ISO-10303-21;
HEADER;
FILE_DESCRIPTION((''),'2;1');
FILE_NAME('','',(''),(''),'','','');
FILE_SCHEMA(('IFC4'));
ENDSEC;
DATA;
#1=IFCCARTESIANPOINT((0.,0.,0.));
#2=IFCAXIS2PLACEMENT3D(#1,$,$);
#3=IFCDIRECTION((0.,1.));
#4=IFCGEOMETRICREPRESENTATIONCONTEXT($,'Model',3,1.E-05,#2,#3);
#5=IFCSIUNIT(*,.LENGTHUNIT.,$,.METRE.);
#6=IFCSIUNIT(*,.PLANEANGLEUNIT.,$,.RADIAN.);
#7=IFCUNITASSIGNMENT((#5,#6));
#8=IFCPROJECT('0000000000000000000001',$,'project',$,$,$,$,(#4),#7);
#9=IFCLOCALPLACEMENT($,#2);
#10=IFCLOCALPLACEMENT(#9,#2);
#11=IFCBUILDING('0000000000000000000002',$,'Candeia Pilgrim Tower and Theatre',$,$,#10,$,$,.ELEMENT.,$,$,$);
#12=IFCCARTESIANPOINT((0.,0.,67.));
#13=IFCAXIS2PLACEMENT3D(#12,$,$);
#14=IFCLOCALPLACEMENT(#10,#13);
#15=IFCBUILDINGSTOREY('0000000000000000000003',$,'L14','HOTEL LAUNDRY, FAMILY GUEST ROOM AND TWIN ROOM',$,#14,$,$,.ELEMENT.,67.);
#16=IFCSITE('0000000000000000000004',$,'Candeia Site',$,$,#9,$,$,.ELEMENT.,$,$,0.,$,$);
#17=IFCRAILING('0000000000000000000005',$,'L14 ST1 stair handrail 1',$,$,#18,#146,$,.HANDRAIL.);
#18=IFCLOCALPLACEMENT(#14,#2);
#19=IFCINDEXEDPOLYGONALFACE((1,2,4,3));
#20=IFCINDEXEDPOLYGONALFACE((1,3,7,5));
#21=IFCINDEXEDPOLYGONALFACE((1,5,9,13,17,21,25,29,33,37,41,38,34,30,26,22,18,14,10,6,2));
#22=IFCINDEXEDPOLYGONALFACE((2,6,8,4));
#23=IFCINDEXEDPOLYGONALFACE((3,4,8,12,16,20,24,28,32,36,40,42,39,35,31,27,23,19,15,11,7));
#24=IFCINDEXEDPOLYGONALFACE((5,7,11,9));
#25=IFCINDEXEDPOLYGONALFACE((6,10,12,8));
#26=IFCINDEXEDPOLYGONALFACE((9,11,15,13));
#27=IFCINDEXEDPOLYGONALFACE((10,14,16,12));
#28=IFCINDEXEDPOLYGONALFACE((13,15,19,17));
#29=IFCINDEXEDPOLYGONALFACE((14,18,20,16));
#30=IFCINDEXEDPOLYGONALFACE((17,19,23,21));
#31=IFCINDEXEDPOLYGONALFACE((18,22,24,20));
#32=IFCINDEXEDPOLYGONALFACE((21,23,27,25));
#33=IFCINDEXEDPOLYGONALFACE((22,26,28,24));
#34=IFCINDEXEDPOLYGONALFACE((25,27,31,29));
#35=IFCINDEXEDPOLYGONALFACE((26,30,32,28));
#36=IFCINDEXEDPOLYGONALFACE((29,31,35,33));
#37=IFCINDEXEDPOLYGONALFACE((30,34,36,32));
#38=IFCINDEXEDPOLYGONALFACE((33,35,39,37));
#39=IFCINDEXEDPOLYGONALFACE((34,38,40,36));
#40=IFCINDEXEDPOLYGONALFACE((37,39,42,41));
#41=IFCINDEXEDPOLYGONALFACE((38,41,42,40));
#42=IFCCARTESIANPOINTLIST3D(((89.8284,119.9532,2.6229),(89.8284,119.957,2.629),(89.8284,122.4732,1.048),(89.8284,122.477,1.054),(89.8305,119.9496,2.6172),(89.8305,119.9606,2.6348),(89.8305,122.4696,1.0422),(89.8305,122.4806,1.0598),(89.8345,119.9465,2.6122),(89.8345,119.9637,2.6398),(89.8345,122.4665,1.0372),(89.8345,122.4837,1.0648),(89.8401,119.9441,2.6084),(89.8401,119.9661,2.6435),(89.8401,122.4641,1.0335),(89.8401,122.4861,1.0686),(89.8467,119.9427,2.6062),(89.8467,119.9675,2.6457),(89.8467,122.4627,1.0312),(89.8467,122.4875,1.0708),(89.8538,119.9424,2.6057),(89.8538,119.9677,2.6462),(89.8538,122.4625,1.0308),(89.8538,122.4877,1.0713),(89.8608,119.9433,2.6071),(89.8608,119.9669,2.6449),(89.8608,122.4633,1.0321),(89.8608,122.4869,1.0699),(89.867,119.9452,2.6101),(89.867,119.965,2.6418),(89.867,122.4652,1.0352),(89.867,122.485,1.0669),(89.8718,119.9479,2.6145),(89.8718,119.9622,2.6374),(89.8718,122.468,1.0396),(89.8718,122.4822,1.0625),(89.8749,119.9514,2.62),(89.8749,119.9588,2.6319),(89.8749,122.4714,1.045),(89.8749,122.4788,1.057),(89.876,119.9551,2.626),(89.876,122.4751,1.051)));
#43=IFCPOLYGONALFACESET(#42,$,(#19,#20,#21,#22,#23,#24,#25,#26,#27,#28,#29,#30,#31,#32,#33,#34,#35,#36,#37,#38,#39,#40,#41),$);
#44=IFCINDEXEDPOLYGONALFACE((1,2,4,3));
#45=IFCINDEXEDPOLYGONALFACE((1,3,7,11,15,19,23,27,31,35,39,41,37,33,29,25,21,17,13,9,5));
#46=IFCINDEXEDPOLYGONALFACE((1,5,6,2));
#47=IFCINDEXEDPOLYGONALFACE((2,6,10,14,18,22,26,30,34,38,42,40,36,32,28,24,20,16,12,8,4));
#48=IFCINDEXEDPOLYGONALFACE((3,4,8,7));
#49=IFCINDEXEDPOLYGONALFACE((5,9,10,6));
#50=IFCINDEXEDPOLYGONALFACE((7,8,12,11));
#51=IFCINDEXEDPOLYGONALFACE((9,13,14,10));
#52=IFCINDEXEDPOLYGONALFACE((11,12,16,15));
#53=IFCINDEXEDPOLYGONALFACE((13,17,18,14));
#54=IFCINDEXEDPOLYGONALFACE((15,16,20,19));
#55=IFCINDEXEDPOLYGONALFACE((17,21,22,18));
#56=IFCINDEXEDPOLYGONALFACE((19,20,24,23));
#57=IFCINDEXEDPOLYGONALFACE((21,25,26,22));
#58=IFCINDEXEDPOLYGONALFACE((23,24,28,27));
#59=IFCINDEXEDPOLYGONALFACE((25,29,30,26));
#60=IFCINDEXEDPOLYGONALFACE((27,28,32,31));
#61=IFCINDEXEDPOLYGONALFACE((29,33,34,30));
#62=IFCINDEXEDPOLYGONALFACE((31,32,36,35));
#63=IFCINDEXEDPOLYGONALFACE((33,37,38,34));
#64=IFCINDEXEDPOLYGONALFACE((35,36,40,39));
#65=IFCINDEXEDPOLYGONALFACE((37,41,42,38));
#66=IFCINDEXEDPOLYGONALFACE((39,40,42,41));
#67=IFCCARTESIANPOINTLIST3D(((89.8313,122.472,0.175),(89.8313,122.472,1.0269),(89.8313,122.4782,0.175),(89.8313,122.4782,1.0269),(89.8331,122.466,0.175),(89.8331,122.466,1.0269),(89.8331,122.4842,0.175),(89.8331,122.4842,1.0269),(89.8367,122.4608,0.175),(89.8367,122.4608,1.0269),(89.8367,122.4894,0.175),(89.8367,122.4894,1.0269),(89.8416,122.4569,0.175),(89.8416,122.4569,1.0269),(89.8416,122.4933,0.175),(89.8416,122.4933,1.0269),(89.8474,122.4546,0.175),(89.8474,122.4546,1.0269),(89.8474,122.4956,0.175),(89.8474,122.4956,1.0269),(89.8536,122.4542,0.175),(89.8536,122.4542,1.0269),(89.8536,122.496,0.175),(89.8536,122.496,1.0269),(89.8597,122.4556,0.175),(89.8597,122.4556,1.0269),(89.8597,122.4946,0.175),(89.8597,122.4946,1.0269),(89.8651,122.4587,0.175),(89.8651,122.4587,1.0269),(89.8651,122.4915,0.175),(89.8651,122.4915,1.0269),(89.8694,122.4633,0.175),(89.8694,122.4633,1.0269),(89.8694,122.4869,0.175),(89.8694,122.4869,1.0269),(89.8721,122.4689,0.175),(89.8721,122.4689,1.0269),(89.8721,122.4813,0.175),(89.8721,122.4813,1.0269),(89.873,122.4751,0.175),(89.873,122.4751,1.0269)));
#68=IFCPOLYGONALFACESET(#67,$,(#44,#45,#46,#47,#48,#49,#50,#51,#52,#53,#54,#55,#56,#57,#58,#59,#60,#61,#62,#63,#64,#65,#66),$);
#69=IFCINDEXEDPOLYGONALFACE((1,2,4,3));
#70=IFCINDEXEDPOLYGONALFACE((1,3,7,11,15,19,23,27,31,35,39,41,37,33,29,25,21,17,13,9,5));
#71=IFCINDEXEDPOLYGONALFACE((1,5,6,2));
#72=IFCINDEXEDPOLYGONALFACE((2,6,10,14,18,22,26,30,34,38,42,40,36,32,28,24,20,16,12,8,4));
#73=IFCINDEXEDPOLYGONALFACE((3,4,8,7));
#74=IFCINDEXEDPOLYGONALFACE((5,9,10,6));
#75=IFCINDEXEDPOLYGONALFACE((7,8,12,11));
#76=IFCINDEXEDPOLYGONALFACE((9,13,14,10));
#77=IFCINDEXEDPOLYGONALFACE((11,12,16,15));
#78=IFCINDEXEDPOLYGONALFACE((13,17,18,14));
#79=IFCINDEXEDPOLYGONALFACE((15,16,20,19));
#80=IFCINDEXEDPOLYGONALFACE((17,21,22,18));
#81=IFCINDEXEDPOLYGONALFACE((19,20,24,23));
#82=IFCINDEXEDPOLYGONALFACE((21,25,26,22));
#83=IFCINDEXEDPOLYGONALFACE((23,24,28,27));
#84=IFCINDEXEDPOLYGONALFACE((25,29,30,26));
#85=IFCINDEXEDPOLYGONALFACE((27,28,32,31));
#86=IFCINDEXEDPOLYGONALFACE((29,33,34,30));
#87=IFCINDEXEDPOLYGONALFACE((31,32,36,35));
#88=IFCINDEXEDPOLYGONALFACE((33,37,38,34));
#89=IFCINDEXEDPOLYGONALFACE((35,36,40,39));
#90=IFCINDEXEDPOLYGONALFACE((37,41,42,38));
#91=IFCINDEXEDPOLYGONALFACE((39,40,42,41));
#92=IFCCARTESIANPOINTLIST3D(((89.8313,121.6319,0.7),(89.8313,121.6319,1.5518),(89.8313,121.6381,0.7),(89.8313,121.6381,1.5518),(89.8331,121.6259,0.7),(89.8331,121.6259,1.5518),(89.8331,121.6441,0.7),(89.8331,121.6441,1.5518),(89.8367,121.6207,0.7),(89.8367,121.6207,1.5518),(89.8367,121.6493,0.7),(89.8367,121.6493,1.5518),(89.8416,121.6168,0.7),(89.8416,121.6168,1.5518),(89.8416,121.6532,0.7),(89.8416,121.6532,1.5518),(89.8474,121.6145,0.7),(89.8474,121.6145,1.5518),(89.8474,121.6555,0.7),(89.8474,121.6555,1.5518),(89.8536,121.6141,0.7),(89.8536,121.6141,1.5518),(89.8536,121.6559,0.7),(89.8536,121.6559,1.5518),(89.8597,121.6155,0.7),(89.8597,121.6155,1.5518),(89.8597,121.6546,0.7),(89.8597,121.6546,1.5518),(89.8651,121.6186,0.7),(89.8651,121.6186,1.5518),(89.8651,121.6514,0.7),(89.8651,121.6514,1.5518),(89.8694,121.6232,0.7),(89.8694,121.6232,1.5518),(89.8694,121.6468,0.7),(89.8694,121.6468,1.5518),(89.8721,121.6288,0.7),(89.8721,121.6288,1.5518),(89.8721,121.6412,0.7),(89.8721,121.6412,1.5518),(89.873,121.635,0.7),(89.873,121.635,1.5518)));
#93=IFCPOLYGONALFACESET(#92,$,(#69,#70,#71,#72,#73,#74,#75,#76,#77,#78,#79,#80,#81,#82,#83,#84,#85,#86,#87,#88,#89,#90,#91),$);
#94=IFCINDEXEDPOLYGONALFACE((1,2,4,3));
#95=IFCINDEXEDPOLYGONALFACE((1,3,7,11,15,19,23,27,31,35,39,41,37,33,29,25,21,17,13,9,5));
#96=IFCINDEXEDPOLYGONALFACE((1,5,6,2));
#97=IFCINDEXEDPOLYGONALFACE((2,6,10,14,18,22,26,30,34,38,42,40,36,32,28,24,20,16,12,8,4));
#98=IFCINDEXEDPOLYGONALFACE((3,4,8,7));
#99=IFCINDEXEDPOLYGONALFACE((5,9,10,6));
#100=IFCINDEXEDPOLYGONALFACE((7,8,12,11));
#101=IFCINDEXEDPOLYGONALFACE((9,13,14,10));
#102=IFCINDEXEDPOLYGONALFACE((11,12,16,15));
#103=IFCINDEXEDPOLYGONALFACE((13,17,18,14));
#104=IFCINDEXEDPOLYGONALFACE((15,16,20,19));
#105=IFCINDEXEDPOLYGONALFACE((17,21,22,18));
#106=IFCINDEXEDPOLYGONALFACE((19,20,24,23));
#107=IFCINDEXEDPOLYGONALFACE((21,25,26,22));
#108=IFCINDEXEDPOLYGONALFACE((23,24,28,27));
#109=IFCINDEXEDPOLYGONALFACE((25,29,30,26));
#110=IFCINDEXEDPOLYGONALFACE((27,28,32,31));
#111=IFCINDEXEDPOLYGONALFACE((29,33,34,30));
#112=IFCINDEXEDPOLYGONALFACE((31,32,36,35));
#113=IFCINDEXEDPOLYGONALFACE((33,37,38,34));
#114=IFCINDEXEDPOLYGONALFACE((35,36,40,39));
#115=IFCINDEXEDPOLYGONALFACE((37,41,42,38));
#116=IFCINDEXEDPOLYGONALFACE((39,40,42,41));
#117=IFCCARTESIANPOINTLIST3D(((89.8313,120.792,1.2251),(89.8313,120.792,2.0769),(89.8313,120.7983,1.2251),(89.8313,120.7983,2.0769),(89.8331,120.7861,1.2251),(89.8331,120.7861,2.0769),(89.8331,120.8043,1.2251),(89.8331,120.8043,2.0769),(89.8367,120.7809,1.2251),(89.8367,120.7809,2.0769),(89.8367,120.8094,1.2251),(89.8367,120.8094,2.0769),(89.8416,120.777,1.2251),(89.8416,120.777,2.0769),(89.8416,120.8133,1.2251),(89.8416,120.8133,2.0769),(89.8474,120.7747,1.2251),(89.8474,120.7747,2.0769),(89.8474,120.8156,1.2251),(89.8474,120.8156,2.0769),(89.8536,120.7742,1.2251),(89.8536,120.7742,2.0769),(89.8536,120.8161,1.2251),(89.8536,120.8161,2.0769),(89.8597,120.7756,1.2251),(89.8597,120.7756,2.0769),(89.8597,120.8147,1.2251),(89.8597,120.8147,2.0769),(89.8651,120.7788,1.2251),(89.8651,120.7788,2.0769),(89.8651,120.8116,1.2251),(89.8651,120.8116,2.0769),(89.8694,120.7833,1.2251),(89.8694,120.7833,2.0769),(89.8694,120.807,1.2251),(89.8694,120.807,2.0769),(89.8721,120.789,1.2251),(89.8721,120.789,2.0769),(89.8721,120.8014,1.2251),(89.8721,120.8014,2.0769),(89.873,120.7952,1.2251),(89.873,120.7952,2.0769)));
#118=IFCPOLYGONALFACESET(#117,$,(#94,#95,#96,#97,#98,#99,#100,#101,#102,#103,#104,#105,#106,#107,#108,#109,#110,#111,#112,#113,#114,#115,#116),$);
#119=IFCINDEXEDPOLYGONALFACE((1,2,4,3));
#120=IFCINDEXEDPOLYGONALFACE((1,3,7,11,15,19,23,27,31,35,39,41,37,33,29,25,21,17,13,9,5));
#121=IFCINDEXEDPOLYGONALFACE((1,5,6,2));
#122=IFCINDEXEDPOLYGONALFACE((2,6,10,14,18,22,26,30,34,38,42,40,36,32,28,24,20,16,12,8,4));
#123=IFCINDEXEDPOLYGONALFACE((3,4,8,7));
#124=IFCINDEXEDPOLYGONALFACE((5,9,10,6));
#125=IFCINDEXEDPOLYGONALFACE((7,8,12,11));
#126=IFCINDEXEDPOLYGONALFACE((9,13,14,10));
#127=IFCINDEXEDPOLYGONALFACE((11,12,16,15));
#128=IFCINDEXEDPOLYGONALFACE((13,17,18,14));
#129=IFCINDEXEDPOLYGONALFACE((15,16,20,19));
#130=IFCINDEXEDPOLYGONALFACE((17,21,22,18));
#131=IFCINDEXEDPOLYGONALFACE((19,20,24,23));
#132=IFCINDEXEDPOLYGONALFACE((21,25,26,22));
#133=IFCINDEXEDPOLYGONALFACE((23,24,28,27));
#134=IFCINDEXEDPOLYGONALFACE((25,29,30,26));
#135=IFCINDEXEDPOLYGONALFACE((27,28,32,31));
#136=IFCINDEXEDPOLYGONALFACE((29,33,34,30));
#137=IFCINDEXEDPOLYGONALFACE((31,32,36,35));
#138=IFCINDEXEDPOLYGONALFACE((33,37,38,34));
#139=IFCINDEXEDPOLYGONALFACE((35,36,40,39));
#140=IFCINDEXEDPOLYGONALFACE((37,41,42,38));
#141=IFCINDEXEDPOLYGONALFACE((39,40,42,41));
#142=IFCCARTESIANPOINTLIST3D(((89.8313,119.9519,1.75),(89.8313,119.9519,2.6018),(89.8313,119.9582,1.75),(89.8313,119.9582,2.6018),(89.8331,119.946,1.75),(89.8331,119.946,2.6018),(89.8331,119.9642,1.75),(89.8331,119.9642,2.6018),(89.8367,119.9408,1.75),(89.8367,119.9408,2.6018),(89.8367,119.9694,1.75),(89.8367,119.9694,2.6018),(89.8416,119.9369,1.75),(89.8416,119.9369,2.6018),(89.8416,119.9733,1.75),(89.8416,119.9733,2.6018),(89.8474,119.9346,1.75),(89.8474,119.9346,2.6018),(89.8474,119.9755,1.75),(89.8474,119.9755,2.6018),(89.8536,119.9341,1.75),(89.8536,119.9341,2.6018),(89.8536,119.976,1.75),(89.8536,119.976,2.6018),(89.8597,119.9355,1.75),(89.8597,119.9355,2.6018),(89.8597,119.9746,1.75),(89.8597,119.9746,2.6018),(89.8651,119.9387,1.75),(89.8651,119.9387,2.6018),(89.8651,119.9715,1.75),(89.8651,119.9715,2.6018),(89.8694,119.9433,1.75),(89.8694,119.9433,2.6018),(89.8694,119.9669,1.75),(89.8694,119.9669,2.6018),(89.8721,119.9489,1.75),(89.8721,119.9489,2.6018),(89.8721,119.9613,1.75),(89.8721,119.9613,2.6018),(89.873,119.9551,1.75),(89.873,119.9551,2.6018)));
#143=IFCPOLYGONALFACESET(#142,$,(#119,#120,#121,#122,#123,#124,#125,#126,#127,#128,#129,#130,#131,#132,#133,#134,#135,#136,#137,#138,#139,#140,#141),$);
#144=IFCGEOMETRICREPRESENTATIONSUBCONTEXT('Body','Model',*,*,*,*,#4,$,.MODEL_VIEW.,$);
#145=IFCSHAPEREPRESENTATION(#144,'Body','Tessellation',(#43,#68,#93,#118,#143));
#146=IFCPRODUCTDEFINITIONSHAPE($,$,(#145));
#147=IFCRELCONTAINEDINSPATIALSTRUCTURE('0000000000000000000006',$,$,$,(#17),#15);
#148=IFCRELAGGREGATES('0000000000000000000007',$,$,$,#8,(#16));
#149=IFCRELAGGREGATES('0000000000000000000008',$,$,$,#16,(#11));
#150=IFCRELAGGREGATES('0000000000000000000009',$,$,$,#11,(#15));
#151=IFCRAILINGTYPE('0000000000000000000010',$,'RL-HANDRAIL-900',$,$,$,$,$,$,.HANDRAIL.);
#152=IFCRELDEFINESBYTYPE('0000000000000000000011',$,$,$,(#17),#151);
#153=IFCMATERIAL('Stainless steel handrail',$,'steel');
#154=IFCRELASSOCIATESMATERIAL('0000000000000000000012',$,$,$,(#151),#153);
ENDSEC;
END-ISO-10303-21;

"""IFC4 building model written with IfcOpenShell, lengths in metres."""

from ifc_helpers import new_model, si_unit, direction, frame, origin, origin_2d, place, context, subcontext, project, spatial, circle, extrude, material, type_object, element, save


model = new_model("IFC4")

# Units and contexts
model_context = context("Model", 3, precision=1e-05, world=origin(), true_north=direction((0.0, 1.0)))
body_context = subcontext(model_context, "Body", "Model", "MODEL_VIEW")
ifc_project = project(units=[si_unit("LENGTHUNIT", "METRE"), si_unit("PLANEANGLEUNIT", "RADIAN")], contexts=[model_context])

# Site, building, storey
site_placement = place(None, origin())
site = spatial("IfcSite", under=ifc_project, at=site_placement, Name="Candeia Site", CompositionType="ELEMENT", RefElevation=0.0)
building_placement = place(site_placement, origin())
building = spatial("IfcBuilding", under=site, at=building_placement, Name="Candeia Pilgrim Tower and Theatre", CompositionType="ELEMENT")
storey_placement = place(building_placement, frame((0.0, 0.0, 67.0)))
storey = spatial("IfcBuildingStorey", under=building, at=storey_placement, Name="L14", Description="HOTEL LAUNDRY, FAMILY GUEST ROOM AND TWIN ROOM", CompositionType="ELEMENT", Elevation=67.0)

# Railing
ifc_material_1 = material(Name="Stainless steel handrail", Category="steel")
railing_type_1 = type_object("IfcRailingType", Name="RL-HANDRAIL-900", PredefinedType="HANDRAIL", material=ifc_material_1)
for number, where, name in (
    (1, (89.8521, 122.4751, 0.175), "L14 ST1 stair handrail 1"),
):
    element("IfcRailing", number, at=place(storey_placement, frame(where)), inside=storey, type_object=railing_type_1, Name=name, PredefinedType="HANDRAIL", context=body_context, shape_type="SweptSolid", body=[
        extrude(circle(Radius=0.0239, at=origin_2d()), frame((0.0, 0.0, 0.876), z_axis=(0.0, -0.848008, 0.529984), x_axis=(1.0, 0.0, 0.0)), (0.0, 0.0, 1.0), 2.9717),
        extrude(circle(Radius=0.021, at=origin_2d()), origin(), (0.0, 0.0, 1.0), 0.8518),
        extrude(circle(Radius=0.021, at=origin_2d()), frame((0.0, -0.8401, 0.5249)), (0.0, 0.0, 1.0), 0.8518),
        extrude(circle(Radius=0.021, at=origin_2d()), frame((0.0, -1.6799, 1.05)), (0.0, 0.0, 1.0), 0.8518),
        extrude(circle(Radius=0.021, at=origin_2d()), frame((0.0, -2.52, 1.575)), (0.0, 0.0, 1.0), 0.8518),
    ])

save(model, "model.ifc")
